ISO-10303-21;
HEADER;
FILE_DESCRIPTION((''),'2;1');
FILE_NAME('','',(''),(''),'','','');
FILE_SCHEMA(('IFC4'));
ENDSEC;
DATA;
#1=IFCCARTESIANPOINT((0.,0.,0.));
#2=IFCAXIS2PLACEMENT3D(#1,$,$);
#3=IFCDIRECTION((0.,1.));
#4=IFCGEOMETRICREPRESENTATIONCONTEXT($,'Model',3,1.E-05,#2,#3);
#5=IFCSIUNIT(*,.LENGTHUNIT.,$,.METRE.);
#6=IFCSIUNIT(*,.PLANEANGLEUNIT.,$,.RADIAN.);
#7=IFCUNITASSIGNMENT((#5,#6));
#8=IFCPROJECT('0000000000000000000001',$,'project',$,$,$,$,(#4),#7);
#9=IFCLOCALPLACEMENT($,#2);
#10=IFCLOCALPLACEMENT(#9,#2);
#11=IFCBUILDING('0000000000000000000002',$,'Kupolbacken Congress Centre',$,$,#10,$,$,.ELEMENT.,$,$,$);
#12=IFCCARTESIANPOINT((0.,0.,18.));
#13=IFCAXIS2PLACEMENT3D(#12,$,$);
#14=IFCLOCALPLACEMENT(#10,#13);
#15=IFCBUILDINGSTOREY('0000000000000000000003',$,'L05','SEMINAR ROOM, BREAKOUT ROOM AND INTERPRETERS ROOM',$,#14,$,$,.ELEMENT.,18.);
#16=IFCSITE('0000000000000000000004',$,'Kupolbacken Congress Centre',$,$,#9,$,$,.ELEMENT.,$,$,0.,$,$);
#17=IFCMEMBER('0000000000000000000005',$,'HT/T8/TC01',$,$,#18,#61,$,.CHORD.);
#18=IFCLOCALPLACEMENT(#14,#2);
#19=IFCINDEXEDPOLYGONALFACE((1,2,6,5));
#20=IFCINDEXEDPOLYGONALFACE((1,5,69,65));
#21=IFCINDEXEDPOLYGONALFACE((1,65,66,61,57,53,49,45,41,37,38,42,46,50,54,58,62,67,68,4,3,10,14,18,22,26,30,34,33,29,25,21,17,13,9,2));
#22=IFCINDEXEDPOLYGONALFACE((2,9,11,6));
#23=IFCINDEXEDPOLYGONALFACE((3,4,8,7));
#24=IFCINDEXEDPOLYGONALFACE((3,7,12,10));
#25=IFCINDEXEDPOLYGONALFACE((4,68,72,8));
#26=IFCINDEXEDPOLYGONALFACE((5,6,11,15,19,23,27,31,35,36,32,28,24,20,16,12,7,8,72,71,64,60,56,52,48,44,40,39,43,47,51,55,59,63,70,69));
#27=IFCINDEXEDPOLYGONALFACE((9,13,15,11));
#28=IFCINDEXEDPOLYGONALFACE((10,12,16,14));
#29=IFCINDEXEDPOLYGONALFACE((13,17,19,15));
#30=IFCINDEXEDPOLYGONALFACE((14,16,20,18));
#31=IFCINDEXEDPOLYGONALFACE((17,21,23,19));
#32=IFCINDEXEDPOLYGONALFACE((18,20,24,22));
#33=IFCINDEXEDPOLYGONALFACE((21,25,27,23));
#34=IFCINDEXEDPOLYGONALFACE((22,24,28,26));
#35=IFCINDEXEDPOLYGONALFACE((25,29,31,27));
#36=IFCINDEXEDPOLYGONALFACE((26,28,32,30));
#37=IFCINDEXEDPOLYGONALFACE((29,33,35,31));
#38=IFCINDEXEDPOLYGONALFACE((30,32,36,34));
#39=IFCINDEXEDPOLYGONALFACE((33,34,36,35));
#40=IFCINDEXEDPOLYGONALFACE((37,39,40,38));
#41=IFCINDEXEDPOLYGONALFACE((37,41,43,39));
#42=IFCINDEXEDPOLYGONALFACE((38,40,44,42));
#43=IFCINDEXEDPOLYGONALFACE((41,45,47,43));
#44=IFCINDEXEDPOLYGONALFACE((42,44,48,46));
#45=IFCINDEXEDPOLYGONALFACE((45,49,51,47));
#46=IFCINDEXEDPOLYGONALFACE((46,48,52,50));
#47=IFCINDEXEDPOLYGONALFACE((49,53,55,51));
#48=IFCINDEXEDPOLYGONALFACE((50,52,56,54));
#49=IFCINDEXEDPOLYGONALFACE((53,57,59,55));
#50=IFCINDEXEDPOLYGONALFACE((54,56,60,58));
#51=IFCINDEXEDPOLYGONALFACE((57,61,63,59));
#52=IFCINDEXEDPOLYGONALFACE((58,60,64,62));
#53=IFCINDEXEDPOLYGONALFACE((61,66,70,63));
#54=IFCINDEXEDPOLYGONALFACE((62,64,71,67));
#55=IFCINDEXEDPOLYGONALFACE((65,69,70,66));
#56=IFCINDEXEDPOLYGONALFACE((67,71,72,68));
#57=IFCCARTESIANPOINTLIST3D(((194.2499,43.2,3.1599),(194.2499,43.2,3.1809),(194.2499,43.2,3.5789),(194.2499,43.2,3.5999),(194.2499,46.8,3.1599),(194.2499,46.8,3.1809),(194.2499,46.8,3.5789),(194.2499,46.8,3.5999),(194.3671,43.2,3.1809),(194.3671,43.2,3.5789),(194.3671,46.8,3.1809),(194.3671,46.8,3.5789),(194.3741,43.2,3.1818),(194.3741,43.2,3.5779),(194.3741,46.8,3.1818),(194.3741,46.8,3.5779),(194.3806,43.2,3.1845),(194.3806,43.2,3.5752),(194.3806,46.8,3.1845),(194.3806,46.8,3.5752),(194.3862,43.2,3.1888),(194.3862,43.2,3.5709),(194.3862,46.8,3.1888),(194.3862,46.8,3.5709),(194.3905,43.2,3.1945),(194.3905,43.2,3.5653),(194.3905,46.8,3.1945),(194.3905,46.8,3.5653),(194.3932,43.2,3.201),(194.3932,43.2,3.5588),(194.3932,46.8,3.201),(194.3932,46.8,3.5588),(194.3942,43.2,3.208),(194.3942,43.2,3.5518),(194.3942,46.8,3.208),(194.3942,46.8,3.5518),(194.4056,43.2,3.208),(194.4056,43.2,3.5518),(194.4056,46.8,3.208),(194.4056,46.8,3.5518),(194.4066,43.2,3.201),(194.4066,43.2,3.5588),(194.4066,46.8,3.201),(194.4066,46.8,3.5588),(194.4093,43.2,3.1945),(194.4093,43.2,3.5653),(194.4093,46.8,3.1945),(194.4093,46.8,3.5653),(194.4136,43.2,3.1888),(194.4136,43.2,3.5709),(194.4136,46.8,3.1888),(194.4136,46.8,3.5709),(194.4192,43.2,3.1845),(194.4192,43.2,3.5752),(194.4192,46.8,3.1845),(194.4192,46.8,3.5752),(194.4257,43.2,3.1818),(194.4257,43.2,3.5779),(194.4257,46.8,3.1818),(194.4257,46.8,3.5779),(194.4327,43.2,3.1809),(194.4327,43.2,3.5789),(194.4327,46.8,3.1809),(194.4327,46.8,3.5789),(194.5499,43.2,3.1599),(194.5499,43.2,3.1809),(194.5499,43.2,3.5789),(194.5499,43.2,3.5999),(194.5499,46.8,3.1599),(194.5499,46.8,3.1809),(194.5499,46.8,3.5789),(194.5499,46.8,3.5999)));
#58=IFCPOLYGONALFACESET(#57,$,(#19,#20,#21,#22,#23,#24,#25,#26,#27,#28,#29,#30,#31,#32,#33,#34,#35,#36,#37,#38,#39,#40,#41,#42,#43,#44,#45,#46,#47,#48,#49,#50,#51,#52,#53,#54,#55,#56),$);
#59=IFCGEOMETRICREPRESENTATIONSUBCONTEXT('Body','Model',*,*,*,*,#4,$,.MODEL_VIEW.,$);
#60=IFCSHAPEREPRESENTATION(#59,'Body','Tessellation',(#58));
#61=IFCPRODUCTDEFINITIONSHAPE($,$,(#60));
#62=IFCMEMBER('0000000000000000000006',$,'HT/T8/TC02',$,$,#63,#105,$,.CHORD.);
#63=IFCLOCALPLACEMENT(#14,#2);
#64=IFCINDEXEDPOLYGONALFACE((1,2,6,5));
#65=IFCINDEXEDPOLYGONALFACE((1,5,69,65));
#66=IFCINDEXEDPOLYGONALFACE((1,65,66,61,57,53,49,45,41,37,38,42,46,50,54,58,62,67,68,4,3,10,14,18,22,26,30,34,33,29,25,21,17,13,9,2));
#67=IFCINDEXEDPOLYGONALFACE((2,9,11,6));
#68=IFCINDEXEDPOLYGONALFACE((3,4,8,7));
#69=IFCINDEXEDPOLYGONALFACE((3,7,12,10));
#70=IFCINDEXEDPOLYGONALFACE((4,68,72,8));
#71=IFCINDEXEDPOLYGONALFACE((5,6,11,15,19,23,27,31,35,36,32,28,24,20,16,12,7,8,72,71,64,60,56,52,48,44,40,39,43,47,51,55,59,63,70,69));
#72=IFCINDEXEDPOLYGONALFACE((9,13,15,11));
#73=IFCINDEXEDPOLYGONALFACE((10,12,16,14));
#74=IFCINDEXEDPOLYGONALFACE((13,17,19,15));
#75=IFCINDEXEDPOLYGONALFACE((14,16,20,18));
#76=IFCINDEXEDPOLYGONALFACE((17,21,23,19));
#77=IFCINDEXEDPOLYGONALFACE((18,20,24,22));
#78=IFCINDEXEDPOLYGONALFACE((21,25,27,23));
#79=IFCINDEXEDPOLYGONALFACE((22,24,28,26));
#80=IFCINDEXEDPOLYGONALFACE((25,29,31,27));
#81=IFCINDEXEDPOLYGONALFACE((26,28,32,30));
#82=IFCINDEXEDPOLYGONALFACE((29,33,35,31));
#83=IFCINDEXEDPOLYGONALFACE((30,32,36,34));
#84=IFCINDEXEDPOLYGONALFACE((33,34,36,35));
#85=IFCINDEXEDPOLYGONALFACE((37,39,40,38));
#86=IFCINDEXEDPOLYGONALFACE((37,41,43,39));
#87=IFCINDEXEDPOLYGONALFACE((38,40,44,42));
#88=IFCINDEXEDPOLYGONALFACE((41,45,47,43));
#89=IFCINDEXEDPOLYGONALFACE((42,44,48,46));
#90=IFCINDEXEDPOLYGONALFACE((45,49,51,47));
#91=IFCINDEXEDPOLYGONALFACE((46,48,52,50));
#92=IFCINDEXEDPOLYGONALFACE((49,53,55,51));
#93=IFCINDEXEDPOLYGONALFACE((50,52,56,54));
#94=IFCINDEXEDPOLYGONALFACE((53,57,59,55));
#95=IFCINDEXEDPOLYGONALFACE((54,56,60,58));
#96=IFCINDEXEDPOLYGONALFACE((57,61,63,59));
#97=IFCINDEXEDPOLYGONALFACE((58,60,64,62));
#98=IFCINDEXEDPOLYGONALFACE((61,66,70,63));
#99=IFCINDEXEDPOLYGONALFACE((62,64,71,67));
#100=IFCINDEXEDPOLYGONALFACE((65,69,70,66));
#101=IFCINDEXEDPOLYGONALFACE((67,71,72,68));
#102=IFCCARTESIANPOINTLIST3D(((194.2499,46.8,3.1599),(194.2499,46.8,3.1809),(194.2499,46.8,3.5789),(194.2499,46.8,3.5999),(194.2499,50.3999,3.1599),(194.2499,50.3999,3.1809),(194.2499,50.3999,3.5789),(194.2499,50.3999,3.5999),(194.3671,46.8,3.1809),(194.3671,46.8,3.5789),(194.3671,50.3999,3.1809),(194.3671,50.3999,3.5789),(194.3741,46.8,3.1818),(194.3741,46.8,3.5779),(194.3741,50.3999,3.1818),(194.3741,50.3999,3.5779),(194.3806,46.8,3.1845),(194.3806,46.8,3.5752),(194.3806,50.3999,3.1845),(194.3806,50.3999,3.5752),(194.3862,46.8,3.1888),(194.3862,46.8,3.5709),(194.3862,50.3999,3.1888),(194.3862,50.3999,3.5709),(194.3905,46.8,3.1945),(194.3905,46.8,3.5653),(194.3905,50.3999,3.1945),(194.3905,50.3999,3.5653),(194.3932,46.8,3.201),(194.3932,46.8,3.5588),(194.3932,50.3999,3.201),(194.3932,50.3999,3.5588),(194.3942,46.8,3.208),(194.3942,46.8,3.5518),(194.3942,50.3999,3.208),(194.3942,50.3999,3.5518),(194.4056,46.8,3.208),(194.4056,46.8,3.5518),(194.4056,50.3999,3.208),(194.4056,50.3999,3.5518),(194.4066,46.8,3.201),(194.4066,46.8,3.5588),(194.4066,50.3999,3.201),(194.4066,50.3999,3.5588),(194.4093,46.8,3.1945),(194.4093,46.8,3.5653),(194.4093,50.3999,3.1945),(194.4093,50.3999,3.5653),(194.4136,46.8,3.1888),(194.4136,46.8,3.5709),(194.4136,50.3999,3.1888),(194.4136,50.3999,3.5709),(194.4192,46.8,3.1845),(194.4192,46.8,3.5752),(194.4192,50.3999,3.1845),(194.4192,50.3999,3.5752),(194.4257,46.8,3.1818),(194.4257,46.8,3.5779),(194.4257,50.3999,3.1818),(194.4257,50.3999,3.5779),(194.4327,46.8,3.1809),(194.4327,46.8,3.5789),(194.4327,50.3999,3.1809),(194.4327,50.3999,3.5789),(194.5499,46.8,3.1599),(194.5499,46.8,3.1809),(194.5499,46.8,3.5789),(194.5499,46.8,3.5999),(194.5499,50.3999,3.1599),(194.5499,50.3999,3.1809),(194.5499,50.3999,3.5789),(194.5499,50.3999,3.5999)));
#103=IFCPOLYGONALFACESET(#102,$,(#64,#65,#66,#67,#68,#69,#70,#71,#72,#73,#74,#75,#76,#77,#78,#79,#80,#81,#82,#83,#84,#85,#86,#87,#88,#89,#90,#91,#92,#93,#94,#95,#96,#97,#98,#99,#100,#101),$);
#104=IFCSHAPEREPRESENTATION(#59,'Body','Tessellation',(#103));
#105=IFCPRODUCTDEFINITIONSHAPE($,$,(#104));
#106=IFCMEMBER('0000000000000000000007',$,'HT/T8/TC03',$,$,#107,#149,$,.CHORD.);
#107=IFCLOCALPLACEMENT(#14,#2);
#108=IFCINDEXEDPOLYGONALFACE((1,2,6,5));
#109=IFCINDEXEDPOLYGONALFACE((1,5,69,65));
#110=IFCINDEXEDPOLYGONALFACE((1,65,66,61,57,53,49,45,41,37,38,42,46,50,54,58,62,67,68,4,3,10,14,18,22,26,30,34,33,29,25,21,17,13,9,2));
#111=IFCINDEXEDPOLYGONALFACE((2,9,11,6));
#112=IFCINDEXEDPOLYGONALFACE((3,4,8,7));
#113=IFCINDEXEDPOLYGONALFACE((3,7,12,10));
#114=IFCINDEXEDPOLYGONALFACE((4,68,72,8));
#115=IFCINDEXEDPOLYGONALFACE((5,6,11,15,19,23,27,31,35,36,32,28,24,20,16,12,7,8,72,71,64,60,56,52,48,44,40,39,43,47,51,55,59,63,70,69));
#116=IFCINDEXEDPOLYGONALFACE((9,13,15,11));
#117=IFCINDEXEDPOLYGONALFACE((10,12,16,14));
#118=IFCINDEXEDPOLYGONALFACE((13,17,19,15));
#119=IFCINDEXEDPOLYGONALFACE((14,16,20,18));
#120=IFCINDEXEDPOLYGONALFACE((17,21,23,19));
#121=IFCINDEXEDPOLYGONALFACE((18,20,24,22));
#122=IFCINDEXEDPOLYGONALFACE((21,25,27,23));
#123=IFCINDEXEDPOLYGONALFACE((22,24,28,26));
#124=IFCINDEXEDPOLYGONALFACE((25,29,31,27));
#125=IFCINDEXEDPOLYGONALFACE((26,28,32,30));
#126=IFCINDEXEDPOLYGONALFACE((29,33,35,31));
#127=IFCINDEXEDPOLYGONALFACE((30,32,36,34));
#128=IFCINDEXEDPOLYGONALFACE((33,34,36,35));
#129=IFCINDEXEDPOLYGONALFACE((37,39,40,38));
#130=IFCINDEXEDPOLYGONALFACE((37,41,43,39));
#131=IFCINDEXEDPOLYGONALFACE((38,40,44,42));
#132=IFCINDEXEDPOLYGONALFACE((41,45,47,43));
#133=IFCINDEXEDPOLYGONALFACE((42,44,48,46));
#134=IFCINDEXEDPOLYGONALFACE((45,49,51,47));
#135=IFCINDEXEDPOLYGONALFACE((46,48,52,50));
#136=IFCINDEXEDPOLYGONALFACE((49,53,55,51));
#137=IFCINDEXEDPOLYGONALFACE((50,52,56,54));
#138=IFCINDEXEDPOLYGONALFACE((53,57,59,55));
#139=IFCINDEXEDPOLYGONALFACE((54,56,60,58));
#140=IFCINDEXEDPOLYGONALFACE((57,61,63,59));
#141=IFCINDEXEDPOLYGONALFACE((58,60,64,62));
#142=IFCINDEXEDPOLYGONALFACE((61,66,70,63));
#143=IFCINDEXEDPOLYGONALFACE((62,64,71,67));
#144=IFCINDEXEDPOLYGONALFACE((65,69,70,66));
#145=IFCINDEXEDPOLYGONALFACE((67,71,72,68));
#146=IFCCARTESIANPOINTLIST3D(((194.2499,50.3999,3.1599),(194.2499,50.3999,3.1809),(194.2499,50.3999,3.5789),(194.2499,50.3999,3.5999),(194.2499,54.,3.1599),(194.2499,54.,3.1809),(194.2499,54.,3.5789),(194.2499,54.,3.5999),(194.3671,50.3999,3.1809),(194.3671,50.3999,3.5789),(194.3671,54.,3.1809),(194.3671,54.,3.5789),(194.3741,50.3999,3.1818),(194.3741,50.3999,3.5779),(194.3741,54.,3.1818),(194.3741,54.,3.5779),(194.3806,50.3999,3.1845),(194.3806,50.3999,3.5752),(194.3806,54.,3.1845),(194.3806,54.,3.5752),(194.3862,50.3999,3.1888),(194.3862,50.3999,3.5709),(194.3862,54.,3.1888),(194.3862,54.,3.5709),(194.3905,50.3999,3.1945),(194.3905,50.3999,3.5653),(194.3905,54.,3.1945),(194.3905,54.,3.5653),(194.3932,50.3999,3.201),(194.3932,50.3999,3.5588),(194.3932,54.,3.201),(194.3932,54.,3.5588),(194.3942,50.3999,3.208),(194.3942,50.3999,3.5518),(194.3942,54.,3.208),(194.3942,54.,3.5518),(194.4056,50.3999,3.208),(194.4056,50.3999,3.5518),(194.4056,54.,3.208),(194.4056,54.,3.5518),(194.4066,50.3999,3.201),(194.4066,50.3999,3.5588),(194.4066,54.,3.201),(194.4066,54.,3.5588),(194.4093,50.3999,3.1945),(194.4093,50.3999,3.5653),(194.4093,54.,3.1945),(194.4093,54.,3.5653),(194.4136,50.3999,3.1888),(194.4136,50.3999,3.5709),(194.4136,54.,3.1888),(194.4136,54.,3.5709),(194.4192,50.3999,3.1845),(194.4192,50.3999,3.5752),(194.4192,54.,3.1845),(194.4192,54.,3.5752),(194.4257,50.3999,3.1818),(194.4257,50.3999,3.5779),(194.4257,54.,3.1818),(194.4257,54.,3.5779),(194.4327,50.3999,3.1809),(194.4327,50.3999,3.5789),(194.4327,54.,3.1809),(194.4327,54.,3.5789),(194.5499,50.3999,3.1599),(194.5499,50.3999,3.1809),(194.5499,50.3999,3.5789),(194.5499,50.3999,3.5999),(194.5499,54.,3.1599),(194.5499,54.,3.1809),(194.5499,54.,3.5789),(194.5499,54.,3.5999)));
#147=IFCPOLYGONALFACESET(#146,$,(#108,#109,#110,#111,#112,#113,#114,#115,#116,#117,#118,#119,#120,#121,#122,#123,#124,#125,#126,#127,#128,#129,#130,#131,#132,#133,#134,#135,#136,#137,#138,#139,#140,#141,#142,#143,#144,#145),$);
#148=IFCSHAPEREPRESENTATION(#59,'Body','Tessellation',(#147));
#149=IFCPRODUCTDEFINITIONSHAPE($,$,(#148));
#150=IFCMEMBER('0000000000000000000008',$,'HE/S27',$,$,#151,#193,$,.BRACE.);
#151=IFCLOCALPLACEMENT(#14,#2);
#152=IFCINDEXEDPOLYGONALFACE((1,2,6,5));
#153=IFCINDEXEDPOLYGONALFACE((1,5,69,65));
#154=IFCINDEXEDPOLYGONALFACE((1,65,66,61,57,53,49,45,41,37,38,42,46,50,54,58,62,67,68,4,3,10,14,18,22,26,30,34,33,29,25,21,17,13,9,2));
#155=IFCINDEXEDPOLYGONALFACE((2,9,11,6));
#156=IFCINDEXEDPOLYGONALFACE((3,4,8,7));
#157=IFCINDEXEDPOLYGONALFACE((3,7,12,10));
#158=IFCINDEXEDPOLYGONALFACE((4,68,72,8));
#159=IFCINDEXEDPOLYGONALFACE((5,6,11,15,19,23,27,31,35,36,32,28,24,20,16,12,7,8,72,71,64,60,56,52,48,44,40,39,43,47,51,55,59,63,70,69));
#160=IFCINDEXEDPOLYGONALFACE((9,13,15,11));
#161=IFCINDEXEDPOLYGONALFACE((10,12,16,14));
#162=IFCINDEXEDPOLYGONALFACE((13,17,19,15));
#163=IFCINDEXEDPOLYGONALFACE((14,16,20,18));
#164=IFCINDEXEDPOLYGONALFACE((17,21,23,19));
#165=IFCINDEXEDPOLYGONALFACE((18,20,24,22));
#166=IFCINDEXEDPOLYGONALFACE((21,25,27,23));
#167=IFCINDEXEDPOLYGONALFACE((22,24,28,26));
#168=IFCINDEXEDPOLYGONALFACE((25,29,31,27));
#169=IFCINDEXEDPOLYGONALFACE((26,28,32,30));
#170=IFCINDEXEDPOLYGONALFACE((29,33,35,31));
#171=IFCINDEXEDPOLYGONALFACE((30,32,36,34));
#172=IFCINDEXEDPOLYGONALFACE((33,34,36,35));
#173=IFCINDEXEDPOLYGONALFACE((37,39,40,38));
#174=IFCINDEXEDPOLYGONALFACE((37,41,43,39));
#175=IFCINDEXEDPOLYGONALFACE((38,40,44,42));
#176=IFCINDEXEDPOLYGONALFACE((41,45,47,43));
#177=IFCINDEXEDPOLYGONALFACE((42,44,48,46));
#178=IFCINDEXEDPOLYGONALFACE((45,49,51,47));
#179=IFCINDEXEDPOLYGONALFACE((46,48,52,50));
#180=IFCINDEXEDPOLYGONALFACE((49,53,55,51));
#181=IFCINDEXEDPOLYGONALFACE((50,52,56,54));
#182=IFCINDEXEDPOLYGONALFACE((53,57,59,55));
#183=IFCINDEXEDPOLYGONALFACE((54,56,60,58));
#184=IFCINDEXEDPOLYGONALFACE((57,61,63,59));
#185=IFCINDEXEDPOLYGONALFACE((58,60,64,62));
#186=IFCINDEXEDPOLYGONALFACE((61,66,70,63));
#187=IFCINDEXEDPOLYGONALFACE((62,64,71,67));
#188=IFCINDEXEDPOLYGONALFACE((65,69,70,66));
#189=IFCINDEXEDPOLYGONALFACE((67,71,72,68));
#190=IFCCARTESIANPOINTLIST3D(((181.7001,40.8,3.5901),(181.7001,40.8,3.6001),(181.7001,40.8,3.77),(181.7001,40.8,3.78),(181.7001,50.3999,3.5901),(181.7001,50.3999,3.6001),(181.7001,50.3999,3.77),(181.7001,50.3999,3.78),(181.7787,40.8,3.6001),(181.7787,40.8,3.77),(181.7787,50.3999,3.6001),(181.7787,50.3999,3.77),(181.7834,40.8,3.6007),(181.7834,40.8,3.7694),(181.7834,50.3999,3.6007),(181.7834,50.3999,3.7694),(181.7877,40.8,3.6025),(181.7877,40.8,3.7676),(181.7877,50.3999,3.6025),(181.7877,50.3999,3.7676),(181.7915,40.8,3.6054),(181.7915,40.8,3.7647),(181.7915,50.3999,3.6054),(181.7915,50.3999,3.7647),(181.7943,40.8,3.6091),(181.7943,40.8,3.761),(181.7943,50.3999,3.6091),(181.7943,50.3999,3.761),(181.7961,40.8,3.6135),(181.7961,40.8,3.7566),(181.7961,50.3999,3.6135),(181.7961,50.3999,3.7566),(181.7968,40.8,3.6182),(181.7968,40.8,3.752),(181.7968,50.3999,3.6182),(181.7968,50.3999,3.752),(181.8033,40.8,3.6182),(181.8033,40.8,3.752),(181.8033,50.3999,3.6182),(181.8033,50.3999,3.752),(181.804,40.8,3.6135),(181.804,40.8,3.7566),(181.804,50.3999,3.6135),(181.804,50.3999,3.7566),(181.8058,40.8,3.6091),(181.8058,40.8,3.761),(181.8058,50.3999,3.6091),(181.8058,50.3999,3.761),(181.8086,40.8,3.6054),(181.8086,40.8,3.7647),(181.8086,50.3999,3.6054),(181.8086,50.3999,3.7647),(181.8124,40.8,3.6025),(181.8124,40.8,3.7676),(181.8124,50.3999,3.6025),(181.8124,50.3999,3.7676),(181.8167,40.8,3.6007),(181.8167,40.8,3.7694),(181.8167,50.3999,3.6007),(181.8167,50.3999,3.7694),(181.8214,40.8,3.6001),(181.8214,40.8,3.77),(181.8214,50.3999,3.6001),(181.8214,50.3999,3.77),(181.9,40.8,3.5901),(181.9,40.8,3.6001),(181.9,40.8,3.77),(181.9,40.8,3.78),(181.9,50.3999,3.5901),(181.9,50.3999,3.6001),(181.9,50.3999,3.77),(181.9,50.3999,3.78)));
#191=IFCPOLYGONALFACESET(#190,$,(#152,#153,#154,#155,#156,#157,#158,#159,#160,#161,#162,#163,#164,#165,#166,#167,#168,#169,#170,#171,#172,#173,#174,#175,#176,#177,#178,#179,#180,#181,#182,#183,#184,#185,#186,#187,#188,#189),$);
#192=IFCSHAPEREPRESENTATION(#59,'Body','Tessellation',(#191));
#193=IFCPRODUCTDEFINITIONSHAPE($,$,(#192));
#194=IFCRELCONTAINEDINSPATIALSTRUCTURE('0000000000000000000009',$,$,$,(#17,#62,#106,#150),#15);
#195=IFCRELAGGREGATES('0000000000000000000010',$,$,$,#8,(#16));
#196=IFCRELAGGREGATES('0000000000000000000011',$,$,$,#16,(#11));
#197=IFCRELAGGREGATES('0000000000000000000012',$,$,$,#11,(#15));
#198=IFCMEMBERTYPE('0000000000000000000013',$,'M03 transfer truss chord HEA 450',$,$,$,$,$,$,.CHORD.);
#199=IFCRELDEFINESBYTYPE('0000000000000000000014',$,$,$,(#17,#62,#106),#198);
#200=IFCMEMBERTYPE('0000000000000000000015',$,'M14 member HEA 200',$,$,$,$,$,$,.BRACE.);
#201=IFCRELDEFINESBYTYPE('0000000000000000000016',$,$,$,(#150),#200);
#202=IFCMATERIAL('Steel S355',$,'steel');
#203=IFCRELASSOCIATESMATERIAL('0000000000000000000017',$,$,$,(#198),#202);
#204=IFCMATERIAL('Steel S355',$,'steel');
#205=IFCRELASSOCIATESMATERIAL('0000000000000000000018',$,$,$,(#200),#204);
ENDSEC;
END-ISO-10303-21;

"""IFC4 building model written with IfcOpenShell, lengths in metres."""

from ifc_helpers import new_model, si_unit, direction, frame, origin, origin_2d, place, context, subcontext, project, spatial, i_section, extrude, material, material_profile, profile_set, type_object, element, save


model = new_model("IFC4")

# Units and contexts
model_context = context("Model", 3, precision=1e-05, world=origin(), true_north=direction((0.0, 1.0)))
body_context = subcontext(model_context, "Body", "Model", "MODEL_VIEW")
ifc_project = project(units=[si_unit("LENGTHUNIT", "METRE"), si_unit("PLANEANGLEUNIT", "RADIAN")], contexts=[model_context])

# Site, building, storey
site_placement = place(None, origin())
site = spatial("IfcSite", under=ifc_project, at=site_placement, Name="Kupolbacken Congress Centre", CompositionType="ELEMENT", RefElevation=0.0)
building_placement = place(site_placement, origin())
building = spatial("IfcBuilding", under=site, at=building_placement, Name="Kupolbacken Congress Centre", CompositionType="ELEMENT")
storey_placement = place(building_placement, frame((0.0, 0.0, 18.0)))
storey = spatial("IfcBuildingStorey", under=building, at=storey_placement, Name="L05", Description="SEMINAR ROOM, BREAKOUT ROOM AND INTERPRETERS ROOM", CompositionType="ELEMENT", Elevation=18.0)

# Members
ifc_material_1 = material(Name="Steel S355", Category="steel")
ifc_material_profile_1 = material_profile(ifc_material_1, i_section(OverallWidth=0.3, OverallDepth=0.4399, WebThickness=0.0115, FlangeThickness=0.021, FilletRadius=0.0271, at=origin_2d()), Name="HEA 450")
ifc_profile_set_1 = profile_set([ifc_material_profile_1], Name="Steel S355")
member_type_1 = type_object("IfcMemberType", Name="M03 transfer truss chord HEA 450", PredefinedType="CHORD", material=ifc_profile_set_1)
member_1_placement = place(storey_placement, frame((194.3999, 43.2, 3.3799), z_axis=(0.0, 1.0, 0.0), x_axis=(-1.0, 0.0, 0.0)))
element("IfcMember", 1, at=member_1_placement, inside=storey, type_object=member_type_1, Name="HT/T8/TC01", PredefinedType="CHORD", context=body_context, shape_type="SweptSolid", body=[
    extrude(i_section(OverallWidth=0.3, OverallDepth=0.4399, WebThickness=0.0115, FlangeThickness=0.021, FilletRadius=0.0271, at=origin_2d()), origin(), (0.0, 0.0, 1.0), 3.6001),
])
member_2_placement = place(storey_placement, frame((194.3999, 46.8, 3.3799), z_axis=(0.0, 1.0, 0.0), x_axis=(-1.0, 0.0, 0.0)))
element("IfcMember", 2, at=member_2_placement, inside=storey, type_object=member_type_1, Name="HT/T8/TC02", PredefinedType="CHORD", context=body_context, shape_type="SweptSolid", body=[
    extrude(i_section(OverallWidth=0.3, OverallDepth=0.4399, WebThickness=0.0115, FlangeThickness=0.021, FilletRadius=0.0271, at=origin_2d()), origin(), (0.0, 0.0, 1.0), 3.5999),
])
member_3_placement = place(storey_placement, frame((194.3999, 50.3999, 3.3799), z_axis=(0.0, 1.0, 0.0), x_axis=(-1.0, 0.0, 0.0)))
element("IfcMember", 3, at=member_3_placement, inside=storey, type_object=member_type_1, Name="HT/T8/TC03", PredefinedType="CHORD", context=body_context, shape_type="SweptSolid", body=[
    extrude(i_section(OverallWidth=0.3, OverallDepth=0.4399, WebThickness=0.0115, FlangeThickness=0.021, FilletRadius=0.0271, at=origin_2d()), origin(), (0.0, 0.0, 1.0), 3.6001),
])
ifc_material_2 = material(Name="Steel S355", Category="steel")
ifc_material_profile_2 = material_profile(ifc_material_2, i_section(OverallWidth=0.2, OverallDepth=0.1899, WebThickness=0.0066, FlangeThickness=0.01, FilletRadius=0.0181, at=origin_2d()), Name="HEA 200")
ifc_profile_set_2 = profile_set([ifc_material_profile_2], Name="Steel S355")
member_type_2 = type_object("IfcMemberType", Name="M14 member HEA 200", PredefinedType="BRACE", material=ifc_profile_set_2)
for number, where, z_axis, x_axis, name in (
    (4, (181.8, 50.3999, 3.6851), (0.0, -1.0, 0.0), (1.0, 0.0, 0.0), "HE/S27"),
):
    element("IfcMember", number, at=place(storey_placement, frame(where, z_axis=z_axis, x_axis=x_axis)), inside=storey, type_object=member_type_2, Name=name, PredefinedType="BRACE", context=body_context, shape_type="SweptSolid", body=[
        extrude(i_section(OverallWidth=0.2, OverallDepth=0.1899, WebThickness=0.0066, FlangeThickness=0.01, FilletRadius=0.0181, at=origin_2d()), origin(), (0.0, 0.0, 1.0), 9.5999),
    ])

save(model, "model.ifc")
